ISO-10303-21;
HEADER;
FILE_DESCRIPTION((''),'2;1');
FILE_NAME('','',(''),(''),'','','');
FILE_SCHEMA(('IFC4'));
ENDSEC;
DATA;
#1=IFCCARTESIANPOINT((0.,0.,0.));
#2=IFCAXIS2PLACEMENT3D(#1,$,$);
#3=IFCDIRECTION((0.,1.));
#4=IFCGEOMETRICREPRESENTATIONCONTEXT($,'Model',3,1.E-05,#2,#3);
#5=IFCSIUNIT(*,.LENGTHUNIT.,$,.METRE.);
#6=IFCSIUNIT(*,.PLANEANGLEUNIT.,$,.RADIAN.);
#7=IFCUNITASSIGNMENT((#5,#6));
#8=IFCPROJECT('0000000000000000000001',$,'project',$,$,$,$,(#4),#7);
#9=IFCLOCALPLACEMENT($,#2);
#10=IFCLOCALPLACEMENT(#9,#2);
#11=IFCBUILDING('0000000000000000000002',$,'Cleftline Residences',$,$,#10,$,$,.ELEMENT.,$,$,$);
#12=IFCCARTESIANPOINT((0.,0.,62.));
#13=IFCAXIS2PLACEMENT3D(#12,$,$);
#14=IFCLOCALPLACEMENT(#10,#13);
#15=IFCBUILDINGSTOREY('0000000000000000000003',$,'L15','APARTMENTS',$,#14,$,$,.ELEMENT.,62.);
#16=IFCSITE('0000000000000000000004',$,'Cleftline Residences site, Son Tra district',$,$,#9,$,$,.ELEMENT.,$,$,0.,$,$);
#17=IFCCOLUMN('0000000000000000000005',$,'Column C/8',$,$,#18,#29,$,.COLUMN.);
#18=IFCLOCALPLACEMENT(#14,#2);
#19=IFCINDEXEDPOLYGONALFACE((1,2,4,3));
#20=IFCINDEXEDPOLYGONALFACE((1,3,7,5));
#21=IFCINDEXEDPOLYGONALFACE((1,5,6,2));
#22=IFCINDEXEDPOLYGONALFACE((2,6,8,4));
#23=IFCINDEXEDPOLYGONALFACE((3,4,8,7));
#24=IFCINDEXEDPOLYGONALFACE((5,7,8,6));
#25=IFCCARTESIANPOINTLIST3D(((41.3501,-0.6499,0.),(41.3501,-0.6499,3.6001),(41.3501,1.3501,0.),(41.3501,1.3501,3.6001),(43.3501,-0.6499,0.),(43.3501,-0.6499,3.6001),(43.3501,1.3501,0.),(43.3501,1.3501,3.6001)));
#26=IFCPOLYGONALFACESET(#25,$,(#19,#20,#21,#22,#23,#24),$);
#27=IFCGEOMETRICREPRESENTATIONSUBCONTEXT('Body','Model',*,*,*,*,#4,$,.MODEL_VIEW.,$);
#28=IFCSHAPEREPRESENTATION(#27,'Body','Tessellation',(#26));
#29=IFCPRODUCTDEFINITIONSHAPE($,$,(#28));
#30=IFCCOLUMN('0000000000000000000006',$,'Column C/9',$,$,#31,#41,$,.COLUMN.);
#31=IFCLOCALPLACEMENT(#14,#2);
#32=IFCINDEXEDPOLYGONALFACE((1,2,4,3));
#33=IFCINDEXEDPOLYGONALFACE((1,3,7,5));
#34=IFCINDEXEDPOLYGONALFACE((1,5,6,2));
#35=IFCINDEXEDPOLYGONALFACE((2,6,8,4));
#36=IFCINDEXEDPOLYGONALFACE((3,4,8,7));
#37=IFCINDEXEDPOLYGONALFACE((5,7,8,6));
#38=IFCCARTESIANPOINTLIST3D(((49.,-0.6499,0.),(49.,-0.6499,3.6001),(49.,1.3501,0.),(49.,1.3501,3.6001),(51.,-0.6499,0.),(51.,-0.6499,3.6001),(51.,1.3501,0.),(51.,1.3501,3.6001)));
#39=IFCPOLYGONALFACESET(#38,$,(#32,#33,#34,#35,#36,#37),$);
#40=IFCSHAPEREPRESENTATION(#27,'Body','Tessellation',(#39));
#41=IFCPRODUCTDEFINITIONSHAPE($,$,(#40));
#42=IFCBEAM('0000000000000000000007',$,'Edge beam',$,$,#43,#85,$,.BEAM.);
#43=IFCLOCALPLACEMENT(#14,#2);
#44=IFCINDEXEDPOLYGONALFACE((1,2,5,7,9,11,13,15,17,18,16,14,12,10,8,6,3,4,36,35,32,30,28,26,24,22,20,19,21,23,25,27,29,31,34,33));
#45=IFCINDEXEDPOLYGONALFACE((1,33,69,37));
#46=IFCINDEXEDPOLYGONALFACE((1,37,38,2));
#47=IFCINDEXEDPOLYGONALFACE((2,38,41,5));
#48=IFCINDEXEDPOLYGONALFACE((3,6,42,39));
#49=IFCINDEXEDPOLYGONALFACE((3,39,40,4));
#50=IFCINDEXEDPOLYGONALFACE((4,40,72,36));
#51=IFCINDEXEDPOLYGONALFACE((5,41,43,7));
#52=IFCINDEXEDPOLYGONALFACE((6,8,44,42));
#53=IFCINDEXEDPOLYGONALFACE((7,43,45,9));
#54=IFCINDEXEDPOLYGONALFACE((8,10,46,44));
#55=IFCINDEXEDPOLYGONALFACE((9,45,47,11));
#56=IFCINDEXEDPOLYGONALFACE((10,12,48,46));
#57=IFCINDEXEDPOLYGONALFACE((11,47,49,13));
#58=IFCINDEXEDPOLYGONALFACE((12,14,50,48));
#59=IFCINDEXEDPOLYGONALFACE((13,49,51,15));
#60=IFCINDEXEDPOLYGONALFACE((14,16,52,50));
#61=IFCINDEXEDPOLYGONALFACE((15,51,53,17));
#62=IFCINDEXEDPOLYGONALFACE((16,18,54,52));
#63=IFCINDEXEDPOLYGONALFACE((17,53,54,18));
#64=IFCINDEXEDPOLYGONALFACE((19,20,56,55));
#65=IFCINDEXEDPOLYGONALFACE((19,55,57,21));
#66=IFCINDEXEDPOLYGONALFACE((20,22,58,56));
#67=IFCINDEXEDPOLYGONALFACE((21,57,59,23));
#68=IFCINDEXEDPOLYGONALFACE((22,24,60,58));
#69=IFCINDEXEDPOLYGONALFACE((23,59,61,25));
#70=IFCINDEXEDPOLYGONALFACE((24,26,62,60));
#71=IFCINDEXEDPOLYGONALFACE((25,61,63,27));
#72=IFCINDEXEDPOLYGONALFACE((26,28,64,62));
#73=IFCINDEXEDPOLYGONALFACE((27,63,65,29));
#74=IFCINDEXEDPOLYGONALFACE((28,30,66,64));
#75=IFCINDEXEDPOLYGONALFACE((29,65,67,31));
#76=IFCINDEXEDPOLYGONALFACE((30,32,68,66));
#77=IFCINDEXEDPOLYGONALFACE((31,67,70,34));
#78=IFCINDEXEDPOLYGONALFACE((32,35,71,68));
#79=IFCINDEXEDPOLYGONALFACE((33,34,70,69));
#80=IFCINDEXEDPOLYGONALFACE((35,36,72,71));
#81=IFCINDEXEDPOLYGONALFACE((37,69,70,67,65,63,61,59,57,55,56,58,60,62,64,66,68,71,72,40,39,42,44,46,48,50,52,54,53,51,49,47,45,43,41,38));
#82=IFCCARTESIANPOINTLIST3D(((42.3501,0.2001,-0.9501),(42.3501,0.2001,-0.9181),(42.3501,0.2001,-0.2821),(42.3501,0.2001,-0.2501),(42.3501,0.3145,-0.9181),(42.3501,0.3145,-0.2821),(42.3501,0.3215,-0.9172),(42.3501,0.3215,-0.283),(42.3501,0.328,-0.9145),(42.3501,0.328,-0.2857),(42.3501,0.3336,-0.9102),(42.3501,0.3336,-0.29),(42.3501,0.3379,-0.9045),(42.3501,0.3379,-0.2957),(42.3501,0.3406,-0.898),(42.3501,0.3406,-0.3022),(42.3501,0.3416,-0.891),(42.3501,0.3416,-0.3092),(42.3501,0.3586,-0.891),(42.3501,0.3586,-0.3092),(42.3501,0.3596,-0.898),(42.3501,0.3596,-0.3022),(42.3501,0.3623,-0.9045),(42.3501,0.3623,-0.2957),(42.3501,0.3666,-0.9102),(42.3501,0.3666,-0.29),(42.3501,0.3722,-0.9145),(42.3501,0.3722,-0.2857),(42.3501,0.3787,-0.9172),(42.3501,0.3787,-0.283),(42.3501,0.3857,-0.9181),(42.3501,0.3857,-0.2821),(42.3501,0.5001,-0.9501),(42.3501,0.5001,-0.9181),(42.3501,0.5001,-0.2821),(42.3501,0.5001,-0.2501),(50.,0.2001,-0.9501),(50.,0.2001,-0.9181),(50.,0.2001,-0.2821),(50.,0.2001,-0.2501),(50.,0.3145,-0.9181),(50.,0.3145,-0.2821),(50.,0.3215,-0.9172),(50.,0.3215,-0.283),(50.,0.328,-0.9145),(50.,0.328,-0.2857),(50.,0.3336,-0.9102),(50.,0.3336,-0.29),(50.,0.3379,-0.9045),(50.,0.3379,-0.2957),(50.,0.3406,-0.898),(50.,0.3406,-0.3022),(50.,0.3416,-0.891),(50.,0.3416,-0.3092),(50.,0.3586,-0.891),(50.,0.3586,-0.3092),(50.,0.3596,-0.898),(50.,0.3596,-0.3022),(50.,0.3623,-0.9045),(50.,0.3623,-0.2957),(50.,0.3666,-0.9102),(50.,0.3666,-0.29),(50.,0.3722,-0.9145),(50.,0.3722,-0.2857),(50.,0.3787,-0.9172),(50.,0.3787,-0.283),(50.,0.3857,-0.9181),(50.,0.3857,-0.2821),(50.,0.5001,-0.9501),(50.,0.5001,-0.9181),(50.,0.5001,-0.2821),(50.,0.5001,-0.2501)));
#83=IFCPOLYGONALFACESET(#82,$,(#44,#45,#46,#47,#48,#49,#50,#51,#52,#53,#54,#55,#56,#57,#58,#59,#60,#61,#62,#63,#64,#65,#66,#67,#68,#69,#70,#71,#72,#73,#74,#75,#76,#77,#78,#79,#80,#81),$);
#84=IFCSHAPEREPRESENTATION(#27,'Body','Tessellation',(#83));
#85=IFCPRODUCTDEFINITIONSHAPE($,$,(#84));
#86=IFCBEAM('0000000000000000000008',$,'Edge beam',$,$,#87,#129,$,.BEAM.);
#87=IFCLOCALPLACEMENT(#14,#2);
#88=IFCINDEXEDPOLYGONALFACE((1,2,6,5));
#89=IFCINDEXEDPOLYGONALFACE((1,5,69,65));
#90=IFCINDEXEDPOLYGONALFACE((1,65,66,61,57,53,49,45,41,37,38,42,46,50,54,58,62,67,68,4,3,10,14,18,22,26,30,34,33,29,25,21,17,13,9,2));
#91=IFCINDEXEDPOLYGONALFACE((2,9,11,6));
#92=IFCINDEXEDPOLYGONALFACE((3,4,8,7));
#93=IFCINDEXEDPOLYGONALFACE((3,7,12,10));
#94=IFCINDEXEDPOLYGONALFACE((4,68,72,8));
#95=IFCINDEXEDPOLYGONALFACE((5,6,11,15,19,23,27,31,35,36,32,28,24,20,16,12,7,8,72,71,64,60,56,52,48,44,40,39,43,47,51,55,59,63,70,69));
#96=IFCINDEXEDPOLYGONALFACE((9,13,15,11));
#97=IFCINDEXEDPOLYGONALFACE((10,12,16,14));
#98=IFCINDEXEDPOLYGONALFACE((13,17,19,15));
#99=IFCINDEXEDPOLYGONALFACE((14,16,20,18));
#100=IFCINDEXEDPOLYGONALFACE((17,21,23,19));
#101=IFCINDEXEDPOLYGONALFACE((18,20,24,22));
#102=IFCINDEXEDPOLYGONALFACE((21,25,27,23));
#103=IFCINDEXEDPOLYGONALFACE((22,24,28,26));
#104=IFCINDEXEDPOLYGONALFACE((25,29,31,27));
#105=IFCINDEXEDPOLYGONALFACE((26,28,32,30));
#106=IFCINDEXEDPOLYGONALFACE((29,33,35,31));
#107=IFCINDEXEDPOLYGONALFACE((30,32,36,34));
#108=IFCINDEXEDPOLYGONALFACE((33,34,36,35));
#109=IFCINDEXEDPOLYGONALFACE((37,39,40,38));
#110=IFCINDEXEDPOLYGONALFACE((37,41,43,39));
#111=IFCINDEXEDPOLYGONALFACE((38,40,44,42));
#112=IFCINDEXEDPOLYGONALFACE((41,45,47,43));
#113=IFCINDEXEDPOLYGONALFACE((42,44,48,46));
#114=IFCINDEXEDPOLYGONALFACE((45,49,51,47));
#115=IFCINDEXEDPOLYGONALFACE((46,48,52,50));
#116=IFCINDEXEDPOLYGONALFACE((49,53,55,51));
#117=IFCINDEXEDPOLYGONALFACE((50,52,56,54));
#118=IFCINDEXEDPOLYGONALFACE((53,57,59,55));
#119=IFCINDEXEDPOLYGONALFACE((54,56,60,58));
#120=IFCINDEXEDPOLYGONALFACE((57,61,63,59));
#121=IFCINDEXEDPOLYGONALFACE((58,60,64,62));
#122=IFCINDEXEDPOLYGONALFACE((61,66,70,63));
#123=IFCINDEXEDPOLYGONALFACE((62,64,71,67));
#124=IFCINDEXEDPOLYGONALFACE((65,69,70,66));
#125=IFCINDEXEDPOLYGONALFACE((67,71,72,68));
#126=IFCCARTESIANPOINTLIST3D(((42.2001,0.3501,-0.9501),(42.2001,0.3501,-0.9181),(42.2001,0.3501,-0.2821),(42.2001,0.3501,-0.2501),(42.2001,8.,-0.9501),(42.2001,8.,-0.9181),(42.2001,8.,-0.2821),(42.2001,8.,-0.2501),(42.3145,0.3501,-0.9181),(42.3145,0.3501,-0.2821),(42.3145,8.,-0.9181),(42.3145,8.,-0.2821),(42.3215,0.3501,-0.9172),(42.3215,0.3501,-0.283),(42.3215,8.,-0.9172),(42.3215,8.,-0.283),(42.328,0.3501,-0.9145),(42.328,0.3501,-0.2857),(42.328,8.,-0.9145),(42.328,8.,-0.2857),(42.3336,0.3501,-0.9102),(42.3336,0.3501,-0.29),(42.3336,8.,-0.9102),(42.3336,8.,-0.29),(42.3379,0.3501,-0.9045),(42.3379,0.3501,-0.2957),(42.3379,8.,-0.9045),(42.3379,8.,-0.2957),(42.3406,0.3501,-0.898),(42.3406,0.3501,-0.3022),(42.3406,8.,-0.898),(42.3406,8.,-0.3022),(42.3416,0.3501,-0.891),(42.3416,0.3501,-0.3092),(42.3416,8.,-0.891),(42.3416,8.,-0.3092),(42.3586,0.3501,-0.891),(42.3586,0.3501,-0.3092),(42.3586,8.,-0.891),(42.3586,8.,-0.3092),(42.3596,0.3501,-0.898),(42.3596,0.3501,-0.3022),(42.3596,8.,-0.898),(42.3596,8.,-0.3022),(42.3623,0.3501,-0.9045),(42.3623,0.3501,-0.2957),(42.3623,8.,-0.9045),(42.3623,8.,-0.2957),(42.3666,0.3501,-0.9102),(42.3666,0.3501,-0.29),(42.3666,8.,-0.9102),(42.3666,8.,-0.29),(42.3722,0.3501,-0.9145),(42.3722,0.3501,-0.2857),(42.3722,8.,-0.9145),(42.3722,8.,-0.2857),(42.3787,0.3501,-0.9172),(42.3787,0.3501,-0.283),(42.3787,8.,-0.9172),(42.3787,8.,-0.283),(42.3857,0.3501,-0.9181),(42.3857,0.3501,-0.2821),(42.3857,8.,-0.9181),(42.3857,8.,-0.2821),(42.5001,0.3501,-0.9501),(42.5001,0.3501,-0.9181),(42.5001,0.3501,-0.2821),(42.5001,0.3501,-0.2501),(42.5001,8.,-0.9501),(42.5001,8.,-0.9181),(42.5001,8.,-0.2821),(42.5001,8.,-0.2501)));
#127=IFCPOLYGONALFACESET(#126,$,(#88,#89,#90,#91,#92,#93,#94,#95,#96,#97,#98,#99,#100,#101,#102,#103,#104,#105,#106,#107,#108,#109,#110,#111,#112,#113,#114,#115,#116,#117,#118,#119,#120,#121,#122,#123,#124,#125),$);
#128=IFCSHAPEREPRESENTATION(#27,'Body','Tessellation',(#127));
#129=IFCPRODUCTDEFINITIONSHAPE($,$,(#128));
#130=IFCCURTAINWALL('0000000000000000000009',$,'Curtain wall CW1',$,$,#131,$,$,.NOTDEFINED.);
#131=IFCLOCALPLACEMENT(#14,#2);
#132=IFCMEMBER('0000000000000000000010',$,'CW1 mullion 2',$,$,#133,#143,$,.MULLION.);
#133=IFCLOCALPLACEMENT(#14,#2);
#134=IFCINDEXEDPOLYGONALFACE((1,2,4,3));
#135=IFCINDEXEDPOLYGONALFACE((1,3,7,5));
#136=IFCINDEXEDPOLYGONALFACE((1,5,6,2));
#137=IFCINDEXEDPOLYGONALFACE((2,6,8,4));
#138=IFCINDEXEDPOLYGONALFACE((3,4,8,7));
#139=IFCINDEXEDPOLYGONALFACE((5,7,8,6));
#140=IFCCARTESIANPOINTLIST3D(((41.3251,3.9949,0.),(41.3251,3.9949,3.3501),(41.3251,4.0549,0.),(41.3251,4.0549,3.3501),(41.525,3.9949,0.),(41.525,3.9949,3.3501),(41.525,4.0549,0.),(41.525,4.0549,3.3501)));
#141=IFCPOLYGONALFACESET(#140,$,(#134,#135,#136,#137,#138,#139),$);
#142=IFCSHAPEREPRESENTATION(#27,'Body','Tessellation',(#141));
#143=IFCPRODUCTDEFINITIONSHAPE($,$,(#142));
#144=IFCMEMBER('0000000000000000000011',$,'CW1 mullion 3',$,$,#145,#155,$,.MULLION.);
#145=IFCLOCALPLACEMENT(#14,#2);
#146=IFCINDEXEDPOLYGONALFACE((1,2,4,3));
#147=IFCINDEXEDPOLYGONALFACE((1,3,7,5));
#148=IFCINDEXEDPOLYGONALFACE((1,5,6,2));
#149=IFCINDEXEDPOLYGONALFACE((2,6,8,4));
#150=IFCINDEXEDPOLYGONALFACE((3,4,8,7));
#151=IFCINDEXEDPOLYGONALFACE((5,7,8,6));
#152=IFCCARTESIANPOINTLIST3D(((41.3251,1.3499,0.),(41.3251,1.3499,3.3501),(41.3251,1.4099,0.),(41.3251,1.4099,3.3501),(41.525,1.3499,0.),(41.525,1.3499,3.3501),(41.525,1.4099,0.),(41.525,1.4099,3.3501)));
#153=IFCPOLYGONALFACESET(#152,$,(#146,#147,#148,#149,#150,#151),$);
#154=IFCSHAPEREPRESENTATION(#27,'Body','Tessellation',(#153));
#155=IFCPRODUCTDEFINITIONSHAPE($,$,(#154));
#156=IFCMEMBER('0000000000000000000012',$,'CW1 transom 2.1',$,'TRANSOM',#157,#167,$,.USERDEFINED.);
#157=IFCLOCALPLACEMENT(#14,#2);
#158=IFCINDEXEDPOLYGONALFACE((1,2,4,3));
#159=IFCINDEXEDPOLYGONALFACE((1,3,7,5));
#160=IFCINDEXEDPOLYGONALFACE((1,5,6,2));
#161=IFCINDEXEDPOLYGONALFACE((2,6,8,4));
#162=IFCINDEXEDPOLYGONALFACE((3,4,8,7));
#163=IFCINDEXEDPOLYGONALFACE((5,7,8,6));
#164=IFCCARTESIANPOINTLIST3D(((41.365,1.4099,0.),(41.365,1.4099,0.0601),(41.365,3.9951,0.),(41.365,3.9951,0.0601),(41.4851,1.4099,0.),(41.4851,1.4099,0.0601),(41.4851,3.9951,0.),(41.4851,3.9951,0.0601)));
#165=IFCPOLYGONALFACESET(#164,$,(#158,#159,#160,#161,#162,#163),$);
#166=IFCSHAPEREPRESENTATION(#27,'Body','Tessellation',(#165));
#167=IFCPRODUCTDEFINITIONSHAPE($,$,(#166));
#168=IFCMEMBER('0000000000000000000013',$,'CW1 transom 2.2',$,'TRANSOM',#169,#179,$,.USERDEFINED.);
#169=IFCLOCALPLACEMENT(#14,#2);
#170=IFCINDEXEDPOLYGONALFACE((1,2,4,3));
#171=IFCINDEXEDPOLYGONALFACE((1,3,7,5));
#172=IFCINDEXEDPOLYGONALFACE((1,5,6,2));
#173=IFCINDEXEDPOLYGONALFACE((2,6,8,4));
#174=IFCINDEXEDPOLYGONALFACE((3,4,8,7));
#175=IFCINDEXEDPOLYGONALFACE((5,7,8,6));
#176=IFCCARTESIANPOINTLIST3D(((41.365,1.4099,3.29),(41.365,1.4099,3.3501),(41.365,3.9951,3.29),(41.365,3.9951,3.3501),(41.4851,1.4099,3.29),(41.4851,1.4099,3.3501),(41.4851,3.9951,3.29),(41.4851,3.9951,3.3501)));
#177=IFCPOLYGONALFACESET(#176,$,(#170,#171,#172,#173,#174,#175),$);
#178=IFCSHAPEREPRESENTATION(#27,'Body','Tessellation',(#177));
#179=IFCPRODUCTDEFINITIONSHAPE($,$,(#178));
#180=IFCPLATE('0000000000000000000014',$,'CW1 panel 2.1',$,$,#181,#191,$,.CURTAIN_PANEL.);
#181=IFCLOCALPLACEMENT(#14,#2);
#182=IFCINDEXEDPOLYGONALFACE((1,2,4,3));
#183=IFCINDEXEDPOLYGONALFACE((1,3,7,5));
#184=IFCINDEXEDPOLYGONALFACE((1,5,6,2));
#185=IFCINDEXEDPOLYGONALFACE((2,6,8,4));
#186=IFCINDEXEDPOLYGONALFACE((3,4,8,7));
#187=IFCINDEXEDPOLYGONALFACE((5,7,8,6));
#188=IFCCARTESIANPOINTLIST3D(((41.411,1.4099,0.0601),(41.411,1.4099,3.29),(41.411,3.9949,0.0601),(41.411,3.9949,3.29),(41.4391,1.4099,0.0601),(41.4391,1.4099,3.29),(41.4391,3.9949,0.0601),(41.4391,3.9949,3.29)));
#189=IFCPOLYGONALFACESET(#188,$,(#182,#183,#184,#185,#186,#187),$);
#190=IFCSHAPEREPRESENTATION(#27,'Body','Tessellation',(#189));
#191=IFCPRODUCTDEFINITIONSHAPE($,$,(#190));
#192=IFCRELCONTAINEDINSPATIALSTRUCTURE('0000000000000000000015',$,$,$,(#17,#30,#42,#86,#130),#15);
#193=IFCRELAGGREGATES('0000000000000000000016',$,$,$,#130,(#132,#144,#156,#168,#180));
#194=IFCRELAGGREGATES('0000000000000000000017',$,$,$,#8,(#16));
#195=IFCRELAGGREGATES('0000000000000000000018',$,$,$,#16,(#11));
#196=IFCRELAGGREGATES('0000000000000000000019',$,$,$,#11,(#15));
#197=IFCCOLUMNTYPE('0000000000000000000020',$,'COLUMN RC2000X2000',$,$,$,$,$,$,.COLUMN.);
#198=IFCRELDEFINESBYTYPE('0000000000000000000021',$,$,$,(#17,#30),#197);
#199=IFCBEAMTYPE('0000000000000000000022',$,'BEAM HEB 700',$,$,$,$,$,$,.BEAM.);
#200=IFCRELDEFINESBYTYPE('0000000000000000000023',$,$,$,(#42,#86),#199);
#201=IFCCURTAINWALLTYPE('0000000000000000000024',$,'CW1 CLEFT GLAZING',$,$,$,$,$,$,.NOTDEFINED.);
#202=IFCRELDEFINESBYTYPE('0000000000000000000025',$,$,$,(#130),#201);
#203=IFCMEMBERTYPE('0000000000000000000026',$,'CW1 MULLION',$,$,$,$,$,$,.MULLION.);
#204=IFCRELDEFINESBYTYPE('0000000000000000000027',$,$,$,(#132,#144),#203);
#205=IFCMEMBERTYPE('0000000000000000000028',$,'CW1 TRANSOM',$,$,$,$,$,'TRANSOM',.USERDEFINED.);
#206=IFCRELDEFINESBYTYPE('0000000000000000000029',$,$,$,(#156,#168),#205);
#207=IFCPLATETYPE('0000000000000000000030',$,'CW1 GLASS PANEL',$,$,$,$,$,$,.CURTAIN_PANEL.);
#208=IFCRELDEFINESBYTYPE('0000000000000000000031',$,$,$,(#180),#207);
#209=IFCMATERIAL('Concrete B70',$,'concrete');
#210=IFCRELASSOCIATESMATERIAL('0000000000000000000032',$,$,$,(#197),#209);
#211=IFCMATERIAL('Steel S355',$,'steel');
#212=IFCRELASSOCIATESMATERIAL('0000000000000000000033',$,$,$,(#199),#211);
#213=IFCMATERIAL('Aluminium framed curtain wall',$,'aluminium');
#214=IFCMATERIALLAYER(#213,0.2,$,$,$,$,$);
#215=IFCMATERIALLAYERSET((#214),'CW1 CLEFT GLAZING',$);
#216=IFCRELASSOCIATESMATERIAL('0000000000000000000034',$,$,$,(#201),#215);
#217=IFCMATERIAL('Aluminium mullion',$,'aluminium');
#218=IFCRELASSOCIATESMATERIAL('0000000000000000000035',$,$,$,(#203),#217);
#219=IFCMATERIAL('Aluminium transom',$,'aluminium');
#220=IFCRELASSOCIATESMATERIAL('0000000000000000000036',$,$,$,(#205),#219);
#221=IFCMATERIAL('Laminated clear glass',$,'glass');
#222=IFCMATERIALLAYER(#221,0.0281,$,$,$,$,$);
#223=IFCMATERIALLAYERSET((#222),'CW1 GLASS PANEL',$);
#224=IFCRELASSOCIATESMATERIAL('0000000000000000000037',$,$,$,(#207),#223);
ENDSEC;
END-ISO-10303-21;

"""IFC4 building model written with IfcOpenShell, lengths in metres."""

from ifc_helpers import new_model, si_unit, direction, frame, origin, origin_2d, place, context, subcontext, project, spatial, rectangle, i_section, extrude, material, layer, layer_set, material_profile, profile_set, type_object, element, aggregate, save


model = new_model("IFC4")

# Units and contexts
model_context = context("Model", 3, precision=1e-05, world=origin(), true_north=direction((0.0, 1.0)))
body_context = subcontext(model_context, "Body", "Model", "MODEL_VIEW")
ifc_project = project(units=[si_unit("LENGTHUNIT", "METRE"), si_unit("PLANEANGLEUNIT", "RADIAN")], contexts=[model_context])

# Site, building, storey
site_placement = place(None, origin())
site = spatial("IfcSite", under=ifc_project, at=site_placement, Name="Cleftline Residences site, Son Tra district", CompositionType="ELEMENT", RefElevation=0.0)
building_placement = place(site_placement, origin())
building = spatial("IfcBuilding", under=site, at=building_placement, Name="Cleftline Residences", CompositionType="ELEMENT")
storey_placement = place(building_placement, frame((0.0, 0.0, 62.0)))
storey = spatial("IfcBuildingStorey", under=building, at=storey_placement, Name="L15", Description="APARTMENTS", CompositionType="ELEMENT", Elevation=62.0)

# Columns
ifc_material_1 = material(Name="Concrete B70", Category="concrete")
ifc_material_profile_1 = material_profile(ifc_material_1, rectangle(XDim=2.0, YDim=2.0, at=origin_2d()))
ifc_profile_set_1 = profile_set([ifc_material_profile_1], Name="Concrete B70")
column_type = type_object("IfcColumnType", Name="COLUMN RC2000X2000", PredefinedType="COLUMN", material=ifc_profile_set_1)
for number, where, z_axis, x_axis, name in (
    (1, (42.3501, 0.3501, 0.0), (0.0, 0.0, 1.0), (1.0, 0.0, 0.0), "Column C/8"),
    (2, (50.0, 0.3501, 0.0), (0.0, 0.0, 1.0), (1.0, 0.0, 0.0), "Column C/9"),
):
    element("IfcColumn", number, at=place(storey_placement, frame(where, z_axis=z_axis, x_axis=x_axis)), inside=storey, type_object=column_type, Name=name, PredefinedType="COLUMN", context=body_context, shape_type="SweptSolid", body=[
        extrude(rectangle(XDim=2.0, YDim=2.0, at=origin_2d()), origin(), (0.0, 0.0, 1.0), 3.6001),
    ])

# Beams
ifc_material_2 = material(Name="Steel S355", Category="steel")
ifc_material_profile_2 = material_profile(ifc_material_2, i_section(OverallWidth=0.3, OverallDepth=0.7, WebThickness=0.0171, FlangeThickness=0.032, FilletRadius=0.0271, at=origin_2d()))
ifc_profile_set_2 = profile_set([ifc_material_profile_2], Name="Steel S355")
beam_type = type_object("IfcBeamType", Name="BEAM HEB 700", PredefinedType="BEAM", material=ifc_profile_set_2)
for number, where, z_axis, x_axis, name in (
    (3, (50.0, 0.3501, -0.6001), (-1.0, 0.0, 0.0), (0.0, -1.0, 0.0), "Edge beam"),
    (4, (42.3501, 0.3501, -0.6001), (0.0, 1.0, 0.0), (-1.0, 0.0, 0.0), "Edge beam"),
):
    element("IfcBeam", number, at=place(storey_placement, frame(where, z_axis=z_axis, x_axis=x_axis)), inside=storey, type_object=beam_type, Name=name, PredefinedType="BEAM", context=body_context, shape_type="SweptSolid", body=[
        extrude(i_section(OverallWidth=0.3, OverallDepth=0.7, WebThickness=0.0171, FlangeThickness=0.032, FilletRadius=0.0271, at=origin_2d()), origin(), (0.0, 0.0, 1.0), 7.6499),
    ])

# Curtain wall, members, plate
ifc_material_3 = material(Name="Aluminium framed curtain wall", Category="aluminium")
ifc_layer_1 = layer(ifc_material_3, 0.2)
ifc_layer_set_1 = layer_set([ifc_layer_1], Name="CW1 CLEFT GLAZING")
curtain_wall_type = type_object("IfcCurtainWallType", Name="CW1 CLEFT GLAZING", PredefinedType="NOTDEFINED", material=ifc_layer_set_1)
curtain_wall_placement = place(storey_placement, origin())
curtain_wall = element("IfcCurtainWall", 5, at=curtain_wall_placement, inside=storey, type_object=curtain_wall_type, Name="Curtain wall CW1", PredefinedType="NOTDEFINED")
ifc_material_4 = material(Name="Aluminium mullion", Category="aluminium")
ifc_material_profile_3 = material_profile(ifc_material_4, rectangle(XDim=0.2, YDim=0.0601, at=origin_2d()))
ifc_profile_set_3 = profile_set([ifc_material_profile_3], Name="Aluminium mullion")
member_type_1 = type_object("IfcMemberType", Name="CW1 MULLION", PredefinedType="MULLION", material=ifc_profile_set_3)
member_1_placement = place(storey_placement, frame((41.425, 4.0249, 0.0), z_axis=(0.0, 0.0, 1.0), x_axis=(1.0, 0.0, 0.0)))
member_1 = element("IfcMember", 6, at=member_1_placement, type_object=member_type_1, Name="CW1 mullion 2", PredefinedType="MULLION", context=body_context, shape_type="SweptSolid", body=[
    extrude(rectangle(XDim=0.2, YDim=0.0601, at=origin_2d()), origin(), (0.0, 0.0, 1.0), 3.3501),
])
member_2_placement = place(storey_placement, frame((41.425, 1.3799, 0.0), z_axis=(0.0, 0.0, 1.0), x_axis=(1.0, 0.0, 0.0)))
member_2 = element("IfcMember", 7, at=member_2_placement, type_object=member_type_1, Name="CW1 mullion 3", PredefinedType="MULLION", context=body_context, shape_type="SweptSolid", body=[
    extrude(rectangle(XDim=0.2, YDim=0.0601, at=origin_2d()), origin(), (0.0, 0.0, 1.0), 3.3501),
])
ifc_material_5 = material(Name="Aluminium transom", Category="aluminium")
ifc_material_profile_4 = material_profile(ifc_material_5, rectangle(XDim=0.1201, YDim=0.0601, at=origin_2d()))
ifc_profile_set_4 = profile_set([ifc_material_profile_4], Name="Aluminium transom")
member_type_2 = type_object("IfcMemberType", Name="CW1 TRANSOM", ElementType="TRANSOM", PredefinedType="USERDEFINED", material=ifc_profile_set_4)
member_3_placement = place(storey_placement, frame((41.425, 3.9951, 0.03), z_axis=(0.0, -1.0, 0.0), x_axis=(1.0, 0.0, 0.0)))
member_3 = element("IfcMember", 8, at=member_3_placement, type_object=member_type_2, Name="CW1 transom 2.1", ObjectType="TRANSOM", PredefinedType="USERDEFINED", context=body_context, shape_type="SweptSolid", body=[
    extrude(rectangle(XDim=0.1201, YDim=0.0601, at=origin_2d()), origin(), (0.0, 0.0, 1.0), 2.5852),
])
member_4_placement = place(storey_placement, frame((41.425, 3.9951, 3.3201), z_axis=(0.0, -1.0, 0.0), x_axis=(1.0, 0.0, 0.0)))
member_4 = element("IfcMember", 9, at=member_4_placement, type_object=member_type_2, Name="CW1 transom 2.2", ObjectType="TRANSOM", PredefinedType="USERDEFINED", context=body_context, shape_type="SweptSolid", body=[
    extrude(rectangle(XDim=0.1201, YDim=0.0601, at=origin_2d()), origin(), (0.0, 0.0, 1.0), 2.5852),
])
ifc_material_6 = material(Name="Laminated clear glass", Category="glass")
ifc_layer_2 = layer(ifc_material_6, 0.0281)
ifc_layer_set_2 = layer_set([ifc_layer_2], Name="CW1 GLASS PANEL")
plate_type = type_object("IfcPlateType", Name="CW1 GLASS PANEL", PredefinedType="CURTAIN_PANEL", material=ifc_layer_set_2)
plate_placement = place(storey_placement, frame((41.425, 2.7024, 0.0601), z_axis=(0.0, 0.0, 1.0), x_axis=(0.0, -1.0, 0.0)))
plate = element("IfcPlate", 10, at=plate_placement, type_object=plate_type, Name="CW1 panel 2.1", PredefinedType="CURTAIN_PANEL", context=body_context, shape_type="SweptSolid", body=[
    extrude(rectangle(XDim=2.585, YDim=0.0281, at=origin_2d()), origin(), (0.0, 0.0, 1.0), 3.23),
])
aggregate(curtain_wall, [member_1, member_2, member_3, member_4, plate])

save(model, "model.ifc")
